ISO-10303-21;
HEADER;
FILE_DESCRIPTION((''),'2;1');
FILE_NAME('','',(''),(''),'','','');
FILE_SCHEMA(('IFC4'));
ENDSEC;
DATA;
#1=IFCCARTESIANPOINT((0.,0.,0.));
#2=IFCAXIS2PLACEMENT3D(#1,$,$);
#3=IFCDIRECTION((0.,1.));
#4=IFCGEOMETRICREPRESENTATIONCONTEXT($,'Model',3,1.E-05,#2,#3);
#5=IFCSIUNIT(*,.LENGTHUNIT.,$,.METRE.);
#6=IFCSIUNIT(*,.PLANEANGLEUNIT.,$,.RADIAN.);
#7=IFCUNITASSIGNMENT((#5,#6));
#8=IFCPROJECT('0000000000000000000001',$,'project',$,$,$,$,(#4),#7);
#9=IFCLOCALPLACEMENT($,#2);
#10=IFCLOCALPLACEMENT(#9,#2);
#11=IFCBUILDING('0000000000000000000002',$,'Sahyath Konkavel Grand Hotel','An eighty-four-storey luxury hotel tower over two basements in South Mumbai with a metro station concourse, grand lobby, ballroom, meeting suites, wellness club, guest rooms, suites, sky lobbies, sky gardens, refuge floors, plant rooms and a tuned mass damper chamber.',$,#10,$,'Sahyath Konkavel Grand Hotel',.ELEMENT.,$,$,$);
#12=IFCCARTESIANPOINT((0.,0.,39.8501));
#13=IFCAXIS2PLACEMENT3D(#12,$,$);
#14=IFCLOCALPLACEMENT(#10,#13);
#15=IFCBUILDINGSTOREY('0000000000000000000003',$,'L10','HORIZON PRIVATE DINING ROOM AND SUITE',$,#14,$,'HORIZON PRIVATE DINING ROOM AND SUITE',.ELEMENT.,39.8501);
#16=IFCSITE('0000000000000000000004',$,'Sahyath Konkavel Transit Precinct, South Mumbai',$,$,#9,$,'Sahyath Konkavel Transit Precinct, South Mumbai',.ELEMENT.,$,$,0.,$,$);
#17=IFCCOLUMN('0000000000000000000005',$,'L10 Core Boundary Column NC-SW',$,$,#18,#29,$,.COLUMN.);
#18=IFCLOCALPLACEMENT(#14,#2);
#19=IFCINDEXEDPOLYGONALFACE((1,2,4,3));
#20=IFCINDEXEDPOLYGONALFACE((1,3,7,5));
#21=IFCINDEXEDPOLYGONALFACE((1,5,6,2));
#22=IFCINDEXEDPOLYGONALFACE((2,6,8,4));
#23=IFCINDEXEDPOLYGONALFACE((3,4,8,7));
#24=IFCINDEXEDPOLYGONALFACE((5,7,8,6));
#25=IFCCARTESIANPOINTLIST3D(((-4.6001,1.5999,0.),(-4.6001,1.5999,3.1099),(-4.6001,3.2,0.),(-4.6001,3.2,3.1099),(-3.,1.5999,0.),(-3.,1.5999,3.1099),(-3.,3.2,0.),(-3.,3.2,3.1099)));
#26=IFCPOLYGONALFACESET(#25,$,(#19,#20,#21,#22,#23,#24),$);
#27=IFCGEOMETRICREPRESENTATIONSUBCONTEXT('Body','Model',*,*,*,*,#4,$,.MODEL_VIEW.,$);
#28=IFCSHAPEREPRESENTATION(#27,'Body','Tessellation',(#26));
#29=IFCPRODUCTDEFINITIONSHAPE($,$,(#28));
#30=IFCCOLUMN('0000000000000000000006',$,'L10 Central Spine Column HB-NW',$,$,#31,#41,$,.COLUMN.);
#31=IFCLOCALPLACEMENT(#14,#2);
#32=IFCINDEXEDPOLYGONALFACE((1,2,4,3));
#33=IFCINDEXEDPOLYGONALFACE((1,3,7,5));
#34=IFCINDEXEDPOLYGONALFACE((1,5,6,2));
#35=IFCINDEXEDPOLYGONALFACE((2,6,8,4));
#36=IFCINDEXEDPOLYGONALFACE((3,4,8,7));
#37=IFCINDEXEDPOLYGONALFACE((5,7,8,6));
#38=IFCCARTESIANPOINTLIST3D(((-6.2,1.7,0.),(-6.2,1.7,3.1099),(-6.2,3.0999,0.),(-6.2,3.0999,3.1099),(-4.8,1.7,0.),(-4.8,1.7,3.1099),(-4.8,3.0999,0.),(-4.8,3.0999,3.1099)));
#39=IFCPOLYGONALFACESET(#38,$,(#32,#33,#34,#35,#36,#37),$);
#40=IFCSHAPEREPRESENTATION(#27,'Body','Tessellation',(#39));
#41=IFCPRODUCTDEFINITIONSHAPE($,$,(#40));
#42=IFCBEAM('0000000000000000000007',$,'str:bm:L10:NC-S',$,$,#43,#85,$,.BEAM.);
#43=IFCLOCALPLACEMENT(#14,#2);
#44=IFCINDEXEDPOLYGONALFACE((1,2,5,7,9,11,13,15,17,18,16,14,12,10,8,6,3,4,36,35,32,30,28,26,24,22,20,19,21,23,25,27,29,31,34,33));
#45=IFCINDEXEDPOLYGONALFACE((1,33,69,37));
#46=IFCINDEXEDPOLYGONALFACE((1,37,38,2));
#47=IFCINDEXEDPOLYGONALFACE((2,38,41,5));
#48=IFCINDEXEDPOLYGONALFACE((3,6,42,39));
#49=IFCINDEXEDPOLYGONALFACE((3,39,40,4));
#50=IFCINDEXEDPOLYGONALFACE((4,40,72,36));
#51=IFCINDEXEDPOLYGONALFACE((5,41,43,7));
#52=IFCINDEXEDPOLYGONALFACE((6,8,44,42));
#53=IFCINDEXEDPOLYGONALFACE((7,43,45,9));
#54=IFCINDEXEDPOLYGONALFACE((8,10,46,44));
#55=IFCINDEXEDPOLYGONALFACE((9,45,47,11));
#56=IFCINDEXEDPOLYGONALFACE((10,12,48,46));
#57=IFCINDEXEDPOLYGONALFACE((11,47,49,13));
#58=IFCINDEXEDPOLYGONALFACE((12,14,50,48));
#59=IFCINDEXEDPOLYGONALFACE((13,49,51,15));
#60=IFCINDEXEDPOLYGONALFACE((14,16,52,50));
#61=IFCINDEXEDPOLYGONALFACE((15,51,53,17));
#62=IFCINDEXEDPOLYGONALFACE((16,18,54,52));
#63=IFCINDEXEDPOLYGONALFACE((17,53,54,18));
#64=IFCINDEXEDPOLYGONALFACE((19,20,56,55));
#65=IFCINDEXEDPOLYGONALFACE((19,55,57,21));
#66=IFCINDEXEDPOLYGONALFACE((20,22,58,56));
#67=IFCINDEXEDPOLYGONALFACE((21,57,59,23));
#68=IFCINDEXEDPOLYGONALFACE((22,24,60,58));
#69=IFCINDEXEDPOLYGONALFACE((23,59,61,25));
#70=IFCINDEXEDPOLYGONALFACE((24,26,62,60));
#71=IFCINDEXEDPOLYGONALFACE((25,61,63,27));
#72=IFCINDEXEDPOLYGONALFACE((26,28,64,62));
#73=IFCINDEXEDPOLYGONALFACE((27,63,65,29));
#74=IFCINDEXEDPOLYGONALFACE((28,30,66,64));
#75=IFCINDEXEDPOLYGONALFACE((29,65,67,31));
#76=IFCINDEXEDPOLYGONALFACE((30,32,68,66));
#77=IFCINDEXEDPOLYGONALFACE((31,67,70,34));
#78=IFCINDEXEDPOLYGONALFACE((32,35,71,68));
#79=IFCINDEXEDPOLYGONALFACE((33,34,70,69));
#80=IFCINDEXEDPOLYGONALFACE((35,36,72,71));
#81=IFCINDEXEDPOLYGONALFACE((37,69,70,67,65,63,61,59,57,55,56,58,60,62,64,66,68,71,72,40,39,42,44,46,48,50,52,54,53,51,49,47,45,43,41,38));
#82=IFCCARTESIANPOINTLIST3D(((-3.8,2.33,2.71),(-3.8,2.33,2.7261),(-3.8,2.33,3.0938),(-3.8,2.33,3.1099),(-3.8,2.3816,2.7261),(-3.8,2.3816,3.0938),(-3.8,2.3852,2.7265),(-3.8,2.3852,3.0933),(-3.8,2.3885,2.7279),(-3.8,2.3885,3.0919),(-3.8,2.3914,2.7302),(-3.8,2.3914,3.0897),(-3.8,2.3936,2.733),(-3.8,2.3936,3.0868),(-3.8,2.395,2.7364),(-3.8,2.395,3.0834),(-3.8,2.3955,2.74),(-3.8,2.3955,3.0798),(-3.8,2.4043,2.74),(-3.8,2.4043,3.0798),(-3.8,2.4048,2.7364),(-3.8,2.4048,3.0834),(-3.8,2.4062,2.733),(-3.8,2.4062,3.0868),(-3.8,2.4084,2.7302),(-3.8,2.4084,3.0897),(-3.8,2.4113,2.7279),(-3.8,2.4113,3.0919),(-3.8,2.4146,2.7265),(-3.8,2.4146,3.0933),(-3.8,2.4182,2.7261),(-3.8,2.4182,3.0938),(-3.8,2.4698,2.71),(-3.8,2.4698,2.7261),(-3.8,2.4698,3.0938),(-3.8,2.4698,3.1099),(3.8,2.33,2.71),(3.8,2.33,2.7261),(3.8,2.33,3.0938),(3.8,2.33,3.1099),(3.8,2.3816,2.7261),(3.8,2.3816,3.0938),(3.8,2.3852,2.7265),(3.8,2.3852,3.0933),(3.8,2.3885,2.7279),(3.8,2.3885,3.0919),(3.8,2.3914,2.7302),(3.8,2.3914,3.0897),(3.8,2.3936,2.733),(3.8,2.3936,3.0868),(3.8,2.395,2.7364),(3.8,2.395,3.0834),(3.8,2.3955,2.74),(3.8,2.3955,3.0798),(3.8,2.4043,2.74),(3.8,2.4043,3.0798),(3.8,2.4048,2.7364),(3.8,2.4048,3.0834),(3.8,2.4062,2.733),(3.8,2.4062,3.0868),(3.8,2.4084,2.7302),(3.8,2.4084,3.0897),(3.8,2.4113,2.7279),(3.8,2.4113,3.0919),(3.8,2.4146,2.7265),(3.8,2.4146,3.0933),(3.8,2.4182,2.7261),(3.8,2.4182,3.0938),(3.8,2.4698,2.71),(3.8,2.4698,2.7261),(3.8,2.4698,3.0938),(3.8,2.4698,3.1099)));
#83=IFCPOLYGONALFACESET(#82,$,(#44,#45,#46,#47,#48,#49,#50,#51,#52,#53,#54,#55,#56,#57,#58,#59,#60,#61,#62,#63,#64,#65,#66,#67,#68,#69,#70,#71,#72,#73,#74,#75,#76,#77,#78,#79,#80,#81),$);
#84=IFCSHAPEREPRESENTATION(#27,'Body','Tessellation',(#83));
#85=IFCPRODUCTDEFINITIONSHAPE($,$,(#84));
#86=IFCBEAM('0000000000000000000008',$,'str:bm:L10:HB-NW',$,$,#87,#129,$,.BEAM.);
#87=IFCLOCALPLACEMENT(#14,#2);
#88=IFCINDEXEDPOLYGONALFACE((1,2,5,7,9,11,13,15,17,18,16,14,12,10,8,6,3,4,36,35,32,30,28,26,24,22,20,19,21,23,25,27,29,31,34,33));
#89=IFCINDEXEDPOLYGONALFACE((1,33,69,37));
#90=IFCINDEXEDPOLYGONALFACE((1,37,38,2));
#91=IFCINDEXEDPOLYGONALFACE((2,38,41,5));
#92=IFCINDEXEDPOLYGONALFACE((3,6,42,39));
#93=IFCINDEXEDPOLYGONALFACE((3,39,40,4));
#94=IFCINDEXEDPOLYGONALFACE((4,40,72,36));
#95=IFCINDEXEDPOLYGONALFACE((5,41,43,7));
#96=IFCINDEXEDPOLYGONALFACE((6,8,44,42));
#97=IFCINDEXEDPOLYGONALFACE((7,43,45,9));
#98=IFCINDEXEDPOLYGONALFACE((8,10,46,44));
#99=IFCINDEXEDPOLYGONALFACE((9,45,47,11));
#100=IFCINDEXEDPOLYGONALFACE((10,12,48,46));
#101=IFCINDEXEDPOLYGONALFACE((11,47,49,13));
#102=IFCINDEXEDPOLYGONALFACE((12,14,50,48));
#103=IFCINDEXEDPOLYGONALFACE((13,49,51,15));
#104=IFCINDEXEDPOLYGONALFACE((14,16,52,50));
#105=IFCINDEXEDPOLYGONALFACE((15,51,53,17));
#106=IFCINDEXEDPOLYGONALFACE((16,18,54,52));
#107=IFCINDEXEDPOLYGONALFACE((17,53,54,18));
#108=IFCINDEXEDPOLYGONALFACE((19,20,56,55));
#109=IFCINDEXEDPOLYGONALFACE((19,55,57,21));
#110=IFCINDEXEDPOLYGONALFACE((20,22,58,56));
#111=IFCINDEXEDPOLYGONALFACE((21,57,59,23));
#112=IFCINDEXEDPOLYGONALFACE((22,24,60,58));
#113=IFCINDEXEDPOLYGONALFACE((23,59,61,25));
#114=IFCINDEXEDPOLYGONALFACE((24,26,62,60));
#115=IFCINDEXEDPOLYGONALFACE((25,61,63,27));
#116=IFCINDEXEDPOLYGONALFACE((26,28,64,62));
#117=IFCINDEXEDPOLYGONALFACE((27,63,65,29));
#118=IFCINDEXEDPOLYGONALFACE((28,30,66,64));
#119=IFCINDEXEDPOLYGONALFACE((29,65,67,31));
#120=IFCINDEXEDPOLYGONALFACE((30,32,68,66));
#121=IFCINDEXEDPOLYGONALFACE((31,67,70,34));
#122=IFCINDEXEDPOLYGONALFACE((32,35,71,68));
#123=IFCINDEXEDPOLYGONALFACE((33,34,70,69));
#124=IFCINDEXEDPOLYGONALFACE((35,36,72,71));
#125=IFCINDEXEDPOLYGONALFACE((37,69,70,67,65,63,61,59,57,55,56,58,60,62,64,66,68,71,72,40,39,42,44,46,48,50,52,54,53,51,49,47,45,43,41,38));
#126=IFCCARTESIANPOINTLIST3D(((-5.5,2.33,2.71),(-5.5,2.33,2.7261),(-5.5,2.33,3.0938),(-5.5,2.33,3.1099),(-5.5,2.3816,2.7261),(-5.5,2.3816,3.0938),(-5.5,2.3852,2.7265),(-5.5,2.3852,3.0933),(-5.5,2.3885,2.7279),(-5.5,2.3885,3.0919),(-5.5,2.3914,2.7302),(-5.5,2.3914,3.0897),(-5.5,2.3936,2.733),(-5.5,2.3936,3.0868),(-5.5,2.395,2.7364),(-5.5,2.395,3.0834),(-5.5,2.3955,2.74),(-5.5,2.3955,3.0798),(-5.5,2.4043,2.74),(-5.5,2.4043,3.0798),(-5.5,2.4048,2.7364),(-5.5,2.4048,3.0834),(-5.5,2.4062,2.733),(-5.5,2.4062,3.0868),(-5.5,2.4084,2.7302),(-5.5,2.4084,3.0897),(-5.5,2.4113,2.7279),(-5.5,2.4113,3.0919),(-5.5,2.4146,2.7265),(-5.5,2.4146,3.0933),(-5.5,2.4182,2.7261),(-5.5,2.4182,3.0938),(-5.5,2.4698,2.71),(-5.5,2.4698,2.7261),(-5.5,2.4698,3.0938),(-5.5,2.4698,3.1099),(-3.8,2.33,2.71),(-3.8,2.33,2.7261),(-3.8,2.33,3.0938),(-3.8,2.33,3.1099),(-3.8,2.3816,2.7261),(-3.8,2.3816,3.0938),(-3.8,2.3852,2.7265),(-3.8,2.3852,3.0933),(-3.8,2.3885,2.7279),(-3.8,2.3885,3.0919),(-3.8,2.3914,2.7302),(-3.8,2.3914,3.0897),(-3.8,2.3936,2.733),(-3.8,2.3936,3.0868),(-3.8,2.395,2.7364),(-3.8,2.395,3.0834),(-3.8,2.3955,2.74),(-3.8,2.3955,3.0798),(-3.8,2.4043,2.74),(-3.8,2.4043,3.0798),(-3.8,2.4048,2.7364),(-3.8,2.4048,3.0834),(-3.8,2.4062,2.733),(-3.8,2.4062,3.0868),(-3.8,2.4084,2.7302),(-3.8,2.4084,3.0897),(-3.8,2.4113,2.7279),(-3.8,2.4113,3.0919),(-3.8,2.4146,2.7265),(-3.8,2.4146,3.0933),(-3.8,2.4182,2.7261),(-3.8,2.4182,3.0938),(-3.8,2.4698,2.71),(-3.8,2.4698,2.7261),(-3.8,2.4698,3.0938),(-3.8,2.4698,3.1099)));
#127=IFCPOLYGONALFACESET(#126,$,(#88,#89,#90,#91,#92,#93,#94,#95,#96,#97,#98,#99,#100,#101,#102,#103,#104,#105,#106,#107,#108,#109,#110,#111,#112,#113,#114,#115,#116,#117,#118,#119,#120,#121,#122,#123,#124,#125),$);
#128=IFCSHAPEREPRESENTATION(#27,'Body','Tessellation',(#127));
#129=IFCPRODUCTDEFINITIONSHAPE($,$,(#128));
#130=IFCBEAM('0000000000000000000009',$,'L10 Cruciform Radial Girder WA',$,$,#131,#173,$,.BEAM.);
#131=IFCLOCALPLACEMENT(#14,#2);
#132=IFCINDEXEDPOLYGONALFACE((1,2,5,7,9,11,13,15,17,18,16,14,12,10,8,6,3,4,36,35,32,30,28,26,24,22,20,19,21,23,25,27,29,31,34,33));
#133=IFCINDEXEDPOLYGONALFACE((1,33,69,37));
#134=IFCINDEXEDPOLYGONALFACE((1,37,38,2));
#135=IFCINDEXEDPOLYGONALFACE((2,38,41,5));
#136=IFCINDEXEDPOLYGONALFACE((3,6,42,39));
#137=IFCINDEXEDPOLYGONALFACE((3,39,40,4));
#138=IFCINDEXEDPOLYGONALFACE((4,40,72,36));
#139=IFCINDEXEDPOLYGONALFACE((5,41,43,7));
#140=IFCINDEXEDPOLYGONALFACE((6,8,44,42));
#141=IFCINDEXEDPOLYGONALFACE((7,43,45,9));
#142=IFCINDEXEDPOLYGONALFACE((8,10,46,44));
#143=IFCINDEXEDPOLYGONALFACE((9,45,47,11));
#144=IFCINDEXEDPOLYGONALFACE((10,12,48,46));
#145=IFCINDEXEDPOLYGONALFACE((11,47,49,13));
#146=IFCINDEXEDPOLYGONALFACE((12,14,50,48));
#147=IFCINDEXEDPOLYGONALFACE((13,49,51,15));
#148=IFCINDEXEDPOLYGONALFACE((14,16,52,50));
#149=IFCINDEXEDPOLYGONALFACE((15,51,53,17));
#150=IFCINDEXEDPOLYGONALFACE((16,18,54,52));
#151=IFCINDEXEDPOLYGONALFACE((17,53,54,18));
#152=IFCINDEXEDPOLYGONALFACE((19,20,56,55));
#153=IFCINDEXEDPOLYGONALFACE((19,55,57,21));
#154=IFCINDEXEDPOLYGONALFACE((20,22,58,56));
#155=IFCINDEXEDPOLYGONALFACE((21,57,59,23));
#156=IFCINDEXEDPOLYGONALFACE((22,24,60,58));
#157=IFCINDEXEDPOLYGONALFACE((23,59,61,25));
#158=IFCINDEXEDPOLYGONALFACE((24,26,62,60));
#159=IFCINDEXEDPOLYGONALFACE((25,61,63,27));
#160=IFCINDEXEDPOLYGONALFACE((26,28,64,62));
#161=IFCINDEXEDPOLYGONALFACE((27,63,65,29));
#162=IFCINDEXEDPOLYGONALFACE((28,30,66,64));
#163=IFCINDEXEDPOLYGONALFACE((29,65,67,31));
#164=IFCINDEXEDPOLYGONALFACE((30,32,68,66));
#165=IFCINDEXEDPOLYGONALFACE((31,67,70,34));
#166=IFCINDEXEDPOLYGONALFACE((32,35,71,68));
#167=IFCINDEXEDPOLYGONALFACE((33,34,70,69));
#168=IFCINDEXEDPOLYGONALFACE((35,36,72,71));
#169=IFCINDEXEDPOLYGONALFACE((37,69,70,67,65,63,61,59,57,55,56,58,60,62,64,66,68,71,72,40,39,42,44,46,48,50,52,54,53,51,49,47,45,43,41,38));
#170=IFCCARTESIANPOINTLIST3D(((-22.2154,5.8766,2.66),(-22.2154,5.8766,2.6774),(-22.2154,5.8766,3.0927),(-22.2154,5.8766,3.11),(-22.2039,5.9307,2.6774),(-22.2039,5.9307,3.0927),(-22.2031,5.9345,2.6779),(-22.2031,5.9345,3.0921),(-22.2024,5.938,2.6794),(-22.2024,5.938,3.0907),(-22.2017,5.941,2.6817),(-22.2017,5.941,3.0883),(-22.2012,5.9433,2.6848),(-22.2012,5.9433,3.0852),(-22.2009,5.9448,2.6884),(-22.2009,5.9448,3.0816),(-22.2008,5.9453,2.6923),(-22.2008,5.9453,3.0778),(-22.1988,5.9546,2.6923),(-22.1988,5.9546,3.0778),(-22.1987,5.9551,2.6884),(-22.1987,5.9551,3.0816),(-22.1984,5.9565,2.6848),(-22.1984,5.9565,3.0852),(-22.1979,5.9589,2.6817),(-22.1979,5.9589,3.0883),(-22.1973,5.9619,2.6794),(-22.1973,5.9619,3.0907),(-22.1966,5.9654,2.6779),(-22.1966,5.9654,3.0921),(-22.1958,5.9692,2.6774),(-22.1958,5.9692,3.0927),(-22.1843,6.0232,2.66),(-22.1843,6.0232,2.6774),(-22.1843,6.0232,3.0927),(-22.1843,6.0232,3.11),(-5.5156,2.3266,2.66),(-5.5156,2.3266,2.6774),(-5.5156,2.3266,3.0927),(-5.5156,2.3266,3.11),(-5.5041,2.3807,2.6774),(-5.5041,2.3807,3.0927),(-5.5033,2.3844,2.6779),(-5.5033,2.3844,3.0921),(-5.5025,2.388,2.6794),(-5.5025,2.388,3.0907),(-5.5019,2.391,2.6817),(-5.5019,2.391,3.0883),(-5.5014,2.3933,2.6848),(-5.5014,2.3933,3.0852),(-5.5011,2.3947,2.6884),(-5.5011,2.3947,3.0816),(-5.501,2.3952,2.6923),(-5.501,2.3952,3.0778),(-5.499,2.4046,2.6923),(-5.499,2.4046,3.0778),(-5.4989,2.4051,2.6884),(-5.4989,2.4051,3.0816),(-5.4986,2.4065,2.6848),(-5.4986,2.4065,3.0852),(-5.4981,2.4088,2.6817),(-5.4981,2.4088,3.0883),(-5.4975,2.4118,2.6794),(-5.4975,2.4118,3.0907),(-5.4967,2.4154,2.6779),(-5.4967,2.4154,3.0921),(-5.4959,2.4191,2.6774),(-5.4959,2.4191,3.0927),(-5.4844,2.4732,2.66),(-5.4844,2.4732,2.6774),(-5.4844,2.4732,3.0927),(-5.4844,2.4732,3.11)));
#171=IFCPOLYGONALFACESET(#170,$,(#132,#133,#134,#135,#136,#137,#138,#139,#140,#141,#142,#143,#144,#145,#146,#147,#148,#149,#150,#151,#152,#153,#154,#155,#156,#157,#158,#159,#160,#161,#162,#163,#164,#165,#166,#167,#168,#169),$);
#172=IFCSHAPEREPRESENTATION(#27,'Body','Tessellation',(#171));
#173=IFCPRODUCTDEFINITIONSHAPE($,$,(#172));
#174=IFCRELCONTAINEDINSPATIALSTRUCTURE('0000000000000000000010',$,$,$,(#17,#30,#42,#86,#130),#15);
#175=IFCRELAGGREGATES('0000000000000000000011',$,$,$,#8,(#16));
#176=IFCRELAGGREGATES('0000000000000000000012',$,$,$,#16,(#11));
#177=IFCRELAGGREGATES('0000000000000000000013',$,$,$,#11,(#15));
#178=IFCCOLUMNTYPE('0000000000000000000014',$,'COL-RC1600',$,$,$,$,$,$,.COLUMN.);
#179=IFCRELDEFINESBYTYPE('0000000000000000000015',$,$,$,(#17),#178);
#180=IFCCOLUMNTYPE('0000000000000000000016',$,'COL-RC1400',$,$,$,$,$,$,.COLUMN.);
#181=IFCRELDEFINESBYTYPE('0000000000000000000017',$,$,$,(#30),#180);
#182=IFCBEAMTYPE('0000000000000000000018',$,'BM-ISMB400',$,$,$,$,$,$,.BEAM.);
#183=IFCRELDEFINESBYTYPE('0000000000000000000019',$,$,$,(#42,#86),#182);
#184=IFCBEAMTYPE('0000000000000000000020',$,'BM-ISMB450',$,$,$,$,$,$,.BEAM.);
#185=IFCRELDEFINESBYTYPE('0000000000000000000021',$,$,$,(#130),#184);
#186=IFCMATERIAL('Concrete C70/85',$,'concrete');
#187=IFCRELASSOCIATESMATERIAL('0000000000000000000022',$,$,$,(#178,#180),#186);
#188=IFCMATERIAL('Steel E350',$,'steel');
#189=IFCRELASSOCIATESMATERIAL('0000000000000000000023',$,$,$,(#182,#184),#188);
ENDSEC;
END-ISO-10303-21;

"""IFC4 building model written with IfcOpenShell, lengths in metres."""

from ifc_helpers import new_model, si_unit, direction, frame, origin, origin_2d, place, context, subcontext, project, spatial, rectangle, i_section, extrude, source, transform, mapped, material, material_profile, profile_set, type_object, element, save


model = new_model("IFC4")

# Units and contexts
model_context = context("Model", 3, precision=1e-05, world=origin(), true_north=direction((0.0, 1.0)))
body_context = subcontext(model_context, "Body", "Model", "MODEL_VIEW")
ifc_project = project(units=[si_unit("LENGTHUNIT", "METRE"), si_unit("PLANEANGLEUNIT", "RADIAN")], contexts=[model_context])

# Site, building, storey
site_placement = place(None, origin())
site = spatial("IfcSite", under=ifc_project, at=site_placement, Name="Sahyath Konkavel Transit Precinct, South Mumbai", LongName="Sahyath Konkavel Transit Precinct, South Mumbai", CompositionType="ELEMENT", RefElevation=0.0)
building_placement = place(site_placement, origin())
building = spatial("IfcBuilding", under=site, at=building_placement, Name="Sahyath Konkavel Grand Hotel", Description="An eighty-four-storey luxury hotel tower over two basements in South Mumbai with a metro station concourse, grand lobby, ballroom, meeting suites, wellness club, guest rooms, suites, sky lobbies, sky gardens, refuge floors, plant rooms and a tuned mass damper chamber.", LongName="Sahyath Konkavel Grand Hotel", CompositionType="ELEMENT")
storey_placement = place(building_placement, frame((0.0, 0.0, 39.8501)))
storey = spatial("IfcBuildingStorey", under=building, at=storey_placement, Name="L10", Description="HORIZON PRIVATE DINING ROOM AND SUITE", LongName="HORIZON PRIVATE DINING ROOM AND SUITE", CompositionType="ELEMENT", Elevation=39.8501)

# Columns
ifc_material_1 = material(Name="Concrete C70/85", Category="concrete")
ifc_material_profile_1 = material_profile(ifc_material_1, rectangle(XDim=1.6001, YDim=1.6001, at=origin_2d()), Name="RC 1600x1600")
ifc_profile_set_1 = profile_set([ifc_material_profile_1], Name="Concrete C70/85")
column_type_1 = type_object("IfcColumnType", Name="COL-RC1600", PredefinedType="COLUMN", material=ifc_profile_set_1)
shared_shape_1 = source(origin(), body_context, "Body", "SweptSolid", [
    extrude(rectangle(XDim=1.6001, YDim=1.6001, at=origin_2d()), origin(), (0.0, 0.0, 1.0), 3.1099),
])
column_1_placement = place(storey_placement, frame((-3.8, 2.3999, 0.0), z_axis=(0.0, 0.0, 1.0), x_axis=(1.0, 0.0, 0.0)))
element("IfcColumn", 1, at=column_1_placement, inside=storey, type_object=column_type_1, Name="L10 Core Boundary Column NC-SW", PredefinedType="COLUMN", context=body_context, shape_type="MappedRepresentation", body=[
    mapped(shared_shape_1, transform((0.0, 0.0, 0.0), scale=1.0)),
])
ifc_material_profile_2 = material_profile(ifc_material_1, rectangle(XDim=1.3999, YDim=1.3999, at=origin_2d()), Name="RC 1400x1400")
ifc_profile_set_2 = profile_set([ifc_material_profile_2], Name="Concrete C70/85")
column_type_2 = type_object("IfcColumnType", Name="COL-RC1400", PredefinedType="COLUMN", material=ifc_profile_set_2)
shared_shape_2 = source(origin(), body_context, "Body", "SweptSolid", [
    extrude(rectangle(XDim=1.3999, YDim=1.3999, at=origin_2d()), origin(), (0.0, 0.0, 1.0), 3.1099),
])
column_2_placement = place(storey_placement, frame((-5.5, 2.3999, 0.0), z_axis=(0.0, 0.0, 1.0), x_axis=(1.0, 0.0, 0.0)))
element("IfcColumn", 2, at=column_2_placement, inside=storey, type_object=column_type_2, Name="L10 Central Spine Column HB-NW", PredefinedType="COLUMN", context=body_context, shape_type="MappedRepresentation", body=[
    mapped(shared_shape_2, transform((0.0, 0.0, 0.0), scale=1.0)),
])

# Beams
ifc_material_2 = material(Name="Steel E350", Category="steel")
ifc_material_profile_3 = material_profile(ifc_material_2, i_section(OverallWidth=0.1399, OverallDepth=0.3999, WebThickness=0.0088, FlangeThickness=0.0161, FilletRadius=0.0139, at=origin_2d()), Name="ISMB 400")
ifc_profile_set_3 = profile_set([ifc_material_profile_3], Name="Steel E350")
beam_type_1 = type_object("IfcBeamType", Name="BM-ISMB400", PredefinedType="BEAM", material=ifc_profile_set_3)
shared_shape_3 = source(origin(), body_context, "Body", "SweptSolid", [
    extrude(i_section(OverallWidth=0.1399, OverallDepth=0.3999, WebThickness=0.0088, FlangeThickness=0.0161, FilletRadius=0.0139, at=origin_2d()), origin(), (0.0, 0.0, 1.0), 7.6001),
])
beam_1_placement = place(storey_placement, frame((-3.8, 2.3999, 2.9099), z_axis=(1.0, 0.0, 0.0), x_axis=(0.0, 1.0, 0.0)))
element("IfcBeam", 3, at=beam_1_placement, inside=storey, type_object=beam_type_1, Name="str:bm:L10:NC-S", PredefinedType="BEAM", context=body_context, shape_type="MappedRepresentation", body=[
    mapped(shared_shape_3, transform((0.0, 0.0, 0.0), scale=1.0)),
])
shared_shape_4 = source(origin(), body_context, "Body", "SweptSolid", [
    extrude(i_section(OverallWidth=0.1399, OverallDepth=0.3999, WebThickness=0.0088, FlangeThickness=0.0161, FilletRadius=0.0139, at=origin_2d()), origin(), (0.0, 0.0, 1.0), 1.7),
])
beam_2_placement = place(storey_placement, frame((-5.5, 2.3999, 2.9099), z_axis=(1.0, 0.0, 0.0), x_axis=(0.0, 1.0, 0.0)))
element("IfcBeam", 4, at=beam_2_placement, inside=storey, type_object=beam_type_1, Name="str:bm:L10:HB-NW", PredefinedType="BEAM", context=body_context, shape_type="MappedRepresentation", body=[
    mapped(shared_shape_4, transform((0.0, 0.0, 0.0), scale=1.0)),
])
ifc_material_profile_4 = material_profile(ifc_material_2, i_section(OverallWidth=0.1499, OverallDepth=0.45, WebThickness=0.0095, FlangeThickness=0.0173, FilletRadius=0.0149, at=origin_2d()), Name="ISMB 450")
ifc_profile_set_4 = profile_set([ifc_material_profile_4], Name="Steel E350")
beam_type_2 = type_object("IfcBeamType", Name="BM-ISMB450", PredefinedType="BEAM", material=ifc_profile_set_4)
shared_shape_5 = source(origin(), body_context, "Body", "SweptSolid", [
    extrude(i_section(OverallWidth=0.1499, OverallDepth=0.45, WebThickness=0.0095, FlangeThickness=0.0173, FilletRadius=0.0149, at=origin_2d()), origin(), (0.0, 0.0, 1.0), 17.073),
])
beam_3_placement = place(storey_placement, frame((-5.5, 2.3999, 2.885), z_axis=(-0.978143, 0.207932, 0.0), x_axis=(-0.207932, -0.978143, 0.0)))
element("IfcBeam", 5, at=beam_3_placement, inside=storey, type_object=beam_type_2, Name="L10 Cruciform Radial Girder WA", PredefinedType="BEAM", context=body_context, shape_type="MappedRepresentation", body=[
    mapped(shared_shape_5, transform((0.0, 0.0, 0.0), scale=1.0)),
])

save(model, "model.ifc")
